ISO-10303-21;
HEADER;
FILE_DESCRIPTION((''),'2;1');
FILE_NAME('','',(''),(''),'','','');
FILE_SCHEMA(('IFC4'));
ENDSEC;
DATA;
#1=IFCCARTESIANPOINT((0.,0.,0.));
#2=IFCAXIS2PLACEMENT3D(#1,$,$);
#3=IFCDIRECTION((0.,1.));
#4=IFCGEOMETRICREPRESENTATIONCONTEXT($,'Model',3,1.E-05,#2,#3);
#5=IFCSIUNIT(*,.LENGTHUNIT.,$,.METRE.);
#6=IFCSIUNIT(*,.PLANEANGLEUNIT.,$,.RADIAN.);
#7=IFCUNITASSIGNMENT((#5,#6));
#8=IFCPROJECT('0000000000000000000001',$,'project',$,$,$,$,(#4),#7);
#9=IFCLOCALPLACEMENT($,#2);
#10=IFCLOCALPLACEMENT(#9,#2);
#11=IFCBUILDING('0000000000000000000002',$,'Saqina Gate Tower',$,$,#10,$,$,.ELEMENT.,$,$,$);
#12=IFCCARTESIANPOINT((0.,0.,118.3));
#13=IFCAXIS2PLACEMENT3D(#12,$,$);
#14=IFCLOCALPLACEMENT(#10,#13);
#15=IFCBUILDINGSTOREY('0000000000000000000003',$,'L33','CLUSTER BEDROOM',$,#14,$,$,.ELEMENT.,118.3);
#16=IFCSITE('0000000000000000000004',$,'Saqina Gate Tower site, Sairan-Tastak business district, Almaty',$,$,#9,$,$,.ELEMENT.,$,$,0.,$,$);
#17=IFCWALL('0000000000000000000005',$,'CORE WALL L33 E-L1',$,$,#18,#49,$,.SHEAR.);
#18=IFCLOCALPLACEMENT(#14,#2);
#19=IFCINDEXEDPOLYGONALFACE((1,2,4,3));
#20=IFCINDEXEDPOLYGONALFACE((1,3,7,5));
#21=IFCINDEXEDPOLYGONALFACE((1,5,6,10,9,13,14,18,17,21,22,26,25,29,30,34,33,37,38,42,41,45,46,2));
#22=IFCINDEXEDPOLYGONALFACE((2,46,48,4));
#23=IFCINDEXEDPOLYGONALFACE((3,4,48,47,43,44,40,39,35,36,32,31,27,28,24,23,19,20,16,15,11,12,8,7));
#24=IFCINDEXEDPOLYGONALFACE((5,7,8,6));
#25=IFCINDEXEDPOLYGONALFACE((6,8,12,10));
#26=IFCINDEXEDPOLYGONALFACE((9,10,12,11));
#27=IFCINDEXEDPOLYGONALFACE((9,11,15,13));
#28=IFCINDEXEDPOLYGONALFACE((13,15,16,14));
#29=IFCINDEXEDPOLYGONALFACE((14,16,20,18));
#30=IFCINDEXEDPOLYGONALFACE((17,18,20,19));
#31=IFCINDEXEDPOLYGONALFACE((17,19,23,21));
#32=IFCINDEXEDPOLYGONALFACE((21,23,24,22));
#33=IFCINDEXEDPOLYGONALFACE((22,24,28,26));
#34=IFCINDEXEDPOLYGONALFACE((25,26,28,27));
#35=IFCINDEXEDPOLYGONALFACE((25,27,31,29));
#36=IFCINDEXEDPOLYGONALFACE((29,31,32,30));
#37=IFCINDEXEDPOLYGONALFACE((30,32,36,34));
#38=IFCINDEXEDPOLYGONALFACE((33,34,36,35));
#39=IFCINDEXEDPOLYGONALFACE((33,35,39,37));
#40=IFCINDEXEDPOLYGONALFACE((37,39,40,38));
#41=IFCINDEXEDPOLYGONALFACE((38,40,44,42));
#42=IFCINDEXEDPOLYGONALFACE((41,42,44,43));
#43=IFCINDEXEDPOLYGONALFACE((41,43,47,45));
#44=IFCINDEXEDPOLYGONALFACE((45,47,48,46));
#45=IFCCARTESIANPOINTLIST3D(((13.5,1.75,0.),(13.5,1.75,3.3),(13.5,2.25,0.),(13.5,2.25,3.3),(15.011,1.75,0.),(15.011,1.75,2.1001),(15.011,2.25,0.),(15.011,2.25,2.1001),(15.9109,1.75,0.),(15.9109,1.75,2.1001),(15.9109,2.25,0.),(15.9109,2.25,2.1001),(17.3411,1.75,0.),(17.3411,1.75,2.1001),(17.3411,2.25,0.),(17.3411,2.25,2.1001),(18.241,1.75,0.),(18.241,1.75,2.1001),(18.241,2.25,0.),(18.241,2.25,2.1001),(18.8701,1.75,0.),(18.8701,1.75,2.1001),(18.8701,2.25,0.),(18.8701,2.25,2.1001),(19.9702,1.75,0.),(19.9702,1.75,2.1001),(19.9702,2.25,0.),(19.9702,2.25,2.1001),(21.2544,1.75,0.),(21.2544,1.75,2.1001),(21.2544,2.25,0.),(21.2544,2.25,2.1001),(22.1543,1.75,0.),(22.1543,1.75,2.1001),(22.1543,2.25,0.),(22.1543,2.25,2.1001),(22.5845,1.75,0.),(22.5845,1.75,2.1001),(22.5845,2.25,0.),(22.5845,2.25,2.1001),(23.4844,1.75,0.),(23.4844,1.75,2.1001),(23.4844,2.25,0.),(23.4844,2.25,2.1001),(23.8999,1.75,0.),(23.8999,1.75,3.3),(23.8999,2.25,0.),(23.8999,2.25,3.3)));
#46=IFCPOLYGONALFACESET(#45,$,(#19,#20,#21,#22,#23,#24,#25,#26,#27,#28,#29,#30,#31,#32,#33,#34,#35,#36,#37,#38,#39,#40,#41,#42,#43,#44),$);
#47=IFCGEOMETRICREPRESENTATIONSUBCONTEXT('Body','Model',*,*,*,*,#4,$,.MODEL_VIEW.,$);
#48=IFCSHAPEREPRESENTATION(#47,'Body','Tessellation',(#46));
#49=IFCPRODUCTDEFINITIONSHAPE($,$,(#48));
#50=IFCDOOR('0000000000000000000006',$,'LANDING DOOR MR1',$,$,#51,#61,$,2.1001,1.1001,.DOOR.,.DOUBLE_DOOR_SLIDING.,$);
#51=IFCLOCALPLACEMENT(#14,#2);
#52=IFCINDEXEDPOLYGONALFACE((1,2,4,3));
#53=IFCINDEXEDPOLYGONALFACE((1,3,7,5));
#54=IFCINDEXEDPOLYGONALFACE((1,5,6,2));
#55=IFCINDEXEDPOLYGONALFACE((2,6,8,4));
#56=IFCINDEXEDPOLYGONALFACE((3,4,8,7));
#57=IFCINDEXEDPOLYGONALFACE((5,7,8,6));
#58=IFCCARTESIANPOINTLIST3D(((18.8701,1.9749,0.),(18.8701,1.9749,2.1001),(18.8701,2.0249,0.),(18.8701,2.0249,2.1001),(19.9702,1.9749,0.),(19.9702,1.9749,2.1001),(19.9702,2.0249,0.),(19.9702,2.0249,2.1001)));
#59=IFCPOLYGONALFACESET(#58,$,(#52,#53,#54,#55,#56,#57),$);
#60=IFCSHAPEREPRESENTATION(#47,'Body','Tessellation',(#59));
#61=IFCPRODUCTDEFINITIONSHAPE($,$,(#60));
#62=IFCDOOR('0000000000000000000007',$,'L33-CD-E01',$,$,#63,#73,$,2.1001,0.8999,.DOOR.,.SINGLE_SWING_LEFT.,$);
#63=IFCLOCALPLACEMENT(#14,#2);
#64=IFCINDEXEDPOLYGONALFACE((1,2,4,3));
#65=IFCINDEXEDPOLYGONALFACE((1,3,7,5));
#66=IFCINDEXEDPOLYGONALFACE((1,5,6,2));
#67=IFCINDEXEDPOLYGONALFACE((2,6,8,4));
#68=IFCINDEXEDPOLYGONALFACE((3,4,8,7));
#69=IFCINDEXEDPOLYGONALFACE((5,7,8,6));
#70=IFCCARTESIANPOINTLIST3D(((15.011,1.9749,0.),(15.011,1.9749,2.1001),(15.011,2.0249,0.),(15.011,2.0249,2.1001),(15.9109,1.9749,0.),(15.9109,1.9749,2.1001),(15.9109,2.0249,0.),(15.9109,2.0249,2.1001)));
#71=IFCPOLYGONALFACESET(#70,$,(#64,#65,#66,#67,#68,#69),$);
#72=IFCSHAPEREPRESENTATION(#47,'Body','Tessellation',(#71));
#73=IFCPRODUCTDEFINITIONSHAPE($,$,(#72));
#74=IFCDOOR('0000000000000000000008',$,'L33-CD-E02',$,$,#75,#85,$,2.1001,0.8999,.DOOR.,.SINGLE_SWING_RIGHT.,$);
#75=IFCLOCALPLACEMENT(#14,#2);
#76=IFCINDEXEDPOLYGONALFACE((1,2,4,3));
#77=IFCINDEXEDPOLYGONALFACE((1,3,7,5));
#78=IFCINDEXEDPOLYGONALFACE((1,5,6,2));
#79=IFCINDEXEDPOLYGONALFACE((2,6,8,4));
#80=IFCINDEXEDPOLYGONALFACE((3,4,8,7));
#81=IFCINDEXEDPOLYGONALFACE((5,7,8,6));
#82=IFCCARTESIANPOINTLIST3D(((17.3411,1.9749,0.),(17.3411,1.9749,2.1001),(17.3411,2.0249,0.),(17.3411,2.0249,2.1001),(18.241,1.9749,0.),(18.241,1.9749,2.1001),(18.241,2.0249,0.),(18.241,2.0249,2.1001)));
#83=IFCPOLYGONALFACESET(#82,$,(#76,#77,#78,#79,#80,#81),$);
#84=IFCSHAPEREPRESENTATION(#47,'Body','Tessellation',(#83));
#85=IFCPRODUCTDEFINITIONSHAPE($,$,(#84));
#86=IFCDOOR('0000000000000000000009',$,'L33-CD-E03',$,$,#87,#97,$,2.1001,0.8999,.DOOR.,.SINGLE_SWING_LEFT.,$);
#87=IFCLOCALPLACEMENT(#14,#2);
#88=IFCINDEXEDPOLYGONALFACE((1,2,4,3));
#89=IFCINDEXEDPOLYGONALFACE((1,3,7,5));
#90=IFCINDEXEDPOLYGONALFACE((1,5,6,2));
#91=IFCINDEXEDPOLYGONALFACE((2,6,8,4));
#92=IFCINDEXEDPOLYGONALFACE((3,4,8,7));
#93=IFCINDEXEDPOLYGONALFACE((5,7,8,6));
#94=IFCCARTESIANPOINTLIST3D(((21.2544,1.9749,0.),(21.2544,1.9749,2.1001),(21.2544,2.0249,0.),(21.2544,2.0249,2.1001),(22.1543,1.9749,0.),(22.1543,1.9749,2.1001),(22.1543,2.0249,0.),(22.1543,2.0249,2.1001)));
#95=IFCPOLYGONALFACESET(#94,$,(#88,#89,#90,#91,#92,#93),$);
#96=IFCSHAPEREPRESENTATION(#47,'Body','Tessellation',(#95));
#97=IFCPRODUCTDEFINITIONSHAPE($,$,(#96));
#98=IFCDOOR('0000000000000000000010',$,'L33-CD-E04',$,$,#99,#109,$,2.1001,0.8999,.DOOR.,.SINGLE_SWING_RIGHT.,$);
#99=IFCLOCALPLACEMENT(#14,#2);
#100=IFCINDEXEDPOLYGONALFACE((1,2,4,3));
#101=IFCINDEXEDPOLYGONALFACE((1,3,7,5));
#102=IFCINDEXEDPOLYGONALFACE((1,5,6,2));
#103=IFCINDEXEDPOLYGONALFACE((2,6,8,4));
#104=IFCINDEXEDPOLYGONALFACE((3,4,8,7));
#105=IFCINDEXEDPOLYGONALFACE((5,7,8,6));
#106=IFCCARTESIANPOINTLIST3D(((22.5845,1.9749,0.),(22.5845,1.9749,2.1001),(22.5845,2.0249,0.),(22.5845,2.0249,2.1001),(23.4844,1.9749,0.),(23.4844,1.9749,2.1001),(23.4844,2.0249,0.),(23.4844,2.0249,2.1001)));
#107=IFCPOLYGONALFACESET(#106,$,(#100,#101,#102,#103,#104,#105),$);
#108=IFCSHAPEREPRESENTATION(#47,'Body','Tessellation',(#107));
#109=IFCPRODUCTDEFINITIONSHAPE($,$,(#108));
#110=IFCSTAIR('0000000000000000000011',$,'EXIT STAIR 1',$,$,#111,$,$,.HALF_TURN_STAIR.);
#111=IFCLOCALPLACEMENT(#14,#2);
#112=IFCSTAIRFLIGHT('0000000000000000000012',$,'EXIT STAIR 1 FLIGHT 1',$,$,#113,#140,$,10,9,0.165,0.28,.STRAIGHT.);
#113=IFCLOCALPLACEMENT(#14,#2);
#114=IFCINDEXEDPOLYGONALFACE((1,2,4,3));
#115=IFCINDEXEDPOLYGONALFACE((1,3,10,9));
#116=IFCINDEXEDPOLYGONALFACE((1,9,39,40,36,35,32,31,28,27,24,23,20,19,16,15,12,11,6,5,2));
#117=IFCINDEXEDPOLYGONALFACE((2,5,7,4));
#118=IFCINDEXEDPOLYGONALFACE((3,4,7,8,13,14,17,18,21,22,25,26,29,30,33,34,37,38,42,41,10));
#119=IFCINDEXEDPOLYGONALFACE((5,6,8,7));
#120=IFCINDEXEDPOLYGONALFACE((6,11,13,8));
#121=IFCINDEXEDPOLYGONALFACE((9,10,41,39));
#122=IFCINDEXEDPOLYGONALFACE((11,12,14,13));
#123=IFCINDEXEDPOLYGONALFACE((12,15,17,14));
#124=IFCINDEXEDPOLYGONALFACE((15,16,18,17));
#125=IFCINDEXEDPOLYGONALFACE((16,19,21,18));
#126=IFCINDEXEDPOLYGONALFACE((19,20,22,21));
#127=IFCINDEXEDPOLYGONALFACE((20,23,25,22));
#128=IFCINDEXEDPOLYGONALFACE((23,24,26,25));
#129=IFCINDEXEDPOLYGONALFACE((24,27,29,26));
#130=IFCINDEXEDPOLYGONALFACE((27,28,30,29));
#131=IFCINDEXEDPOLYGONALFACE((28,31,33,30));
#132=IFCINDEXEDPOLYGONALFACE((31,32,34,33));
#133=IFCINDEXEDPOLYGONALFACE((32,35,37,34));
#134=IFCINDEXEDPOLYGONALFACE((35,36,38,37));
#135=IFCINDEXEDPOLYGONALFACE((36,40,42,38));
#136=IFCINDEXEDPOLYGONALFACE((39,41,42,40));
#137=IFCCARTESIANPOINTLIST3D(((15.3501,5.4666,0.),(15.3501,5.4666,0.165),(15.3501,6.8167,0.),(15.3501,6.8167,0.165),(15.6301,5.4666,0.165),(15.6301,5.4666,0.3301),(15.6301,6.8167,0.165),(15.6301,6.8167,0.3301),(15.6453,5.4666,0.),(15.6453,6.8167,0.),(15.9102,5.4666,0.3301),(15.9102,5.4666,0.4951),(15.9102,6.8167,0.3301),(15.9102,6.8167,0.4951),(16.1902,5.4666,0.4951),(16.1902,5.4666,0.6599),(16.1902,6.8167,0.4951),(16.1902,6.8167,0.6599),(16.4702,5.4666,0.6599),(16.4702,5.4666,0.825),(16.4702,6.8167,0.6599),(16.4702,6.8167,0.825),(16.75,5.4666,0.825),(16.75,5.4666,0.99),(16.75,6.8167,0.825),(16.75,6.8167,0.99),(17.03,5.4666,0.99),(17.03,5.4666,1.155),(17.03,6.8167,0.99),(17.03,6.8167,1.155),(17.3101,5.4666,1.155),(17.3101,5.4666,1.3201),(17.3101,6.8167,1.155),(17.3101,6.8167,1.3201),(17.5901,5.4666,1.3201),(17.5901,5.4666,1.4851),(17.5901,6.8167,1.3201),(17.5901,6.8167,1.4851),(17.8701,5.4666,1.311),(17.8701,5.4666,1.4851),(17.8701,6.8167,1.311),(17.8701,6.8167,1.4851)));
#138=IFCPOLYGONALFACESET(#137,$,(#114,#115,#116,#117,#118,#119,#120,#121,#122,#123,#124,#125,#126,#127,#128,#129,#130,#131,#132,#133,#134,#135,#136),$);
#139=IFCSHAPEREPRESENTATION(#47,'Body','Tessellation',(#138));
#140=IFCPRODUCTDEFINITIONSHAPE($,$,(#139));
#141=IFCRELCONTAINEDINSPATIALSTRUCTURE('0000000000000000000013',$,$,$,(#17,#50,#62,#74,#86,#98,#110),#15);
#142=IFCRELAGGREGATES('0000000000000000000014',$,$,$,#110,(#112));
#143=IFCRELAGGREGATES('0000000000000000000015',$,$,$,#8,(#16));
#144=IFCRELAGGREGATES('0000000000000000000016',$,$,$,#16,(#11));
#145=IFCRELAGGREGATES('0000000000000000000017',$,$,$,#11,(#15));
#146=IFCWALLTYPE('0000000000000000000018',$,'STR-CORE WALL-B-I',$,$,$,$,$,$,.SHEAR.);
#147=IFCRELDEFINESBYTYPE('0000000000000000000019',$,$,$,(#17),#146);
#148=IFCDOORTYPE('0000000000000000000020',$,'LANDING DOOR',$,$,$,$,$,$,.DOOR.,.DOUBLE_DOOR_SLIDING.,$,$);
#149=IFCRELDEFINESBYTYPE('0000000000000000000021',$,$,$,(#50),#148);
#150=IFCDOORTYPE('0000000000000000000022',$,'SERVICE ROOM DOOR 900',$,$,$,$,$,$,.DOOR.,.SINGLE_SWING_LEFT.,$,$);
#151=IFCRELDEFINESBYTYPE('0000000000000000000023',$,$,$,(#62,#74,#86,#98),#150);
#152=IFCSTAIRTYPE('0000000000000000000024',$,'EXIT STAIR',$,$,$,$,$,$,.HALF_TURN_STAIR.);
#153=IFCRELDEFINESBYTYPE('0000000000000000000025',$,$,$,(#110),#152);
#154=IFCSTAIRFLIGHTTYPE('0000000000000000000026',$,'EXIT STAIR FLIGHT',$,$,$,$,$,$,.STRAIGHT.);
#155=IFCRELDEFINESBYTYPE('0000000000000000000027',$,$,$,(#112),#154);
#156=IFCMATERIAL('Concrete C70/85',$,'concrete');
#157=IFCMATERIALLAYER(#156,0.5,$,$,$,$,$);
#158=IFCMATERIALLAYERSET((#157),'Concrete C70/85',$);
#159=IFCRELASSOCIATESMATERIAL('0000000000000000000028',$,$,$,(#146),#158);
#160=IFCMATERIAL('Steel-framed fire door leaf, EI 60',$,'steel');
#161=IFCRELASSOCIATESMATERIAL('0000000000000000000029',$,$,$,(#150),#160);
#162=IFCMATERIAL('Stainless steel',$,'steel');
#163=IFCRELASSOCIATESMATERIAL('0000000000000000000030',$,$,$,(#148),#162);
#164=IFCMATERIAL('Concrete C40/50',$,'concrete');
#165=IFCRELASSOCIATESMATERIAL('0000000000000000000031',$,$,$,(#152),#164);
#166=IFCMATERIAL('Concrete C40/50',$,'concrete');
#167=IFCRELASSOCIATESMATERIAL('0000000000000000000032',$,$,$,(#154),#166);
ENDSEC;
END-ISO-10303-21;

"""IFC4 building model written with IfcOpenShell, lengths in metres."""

from ifc_helpers import new_model, si_unit, direction, frame, frame_2d, origin, place, context, subcontext, project, spatial, polyline, rectangle, outline, extrude, material, layer, layer_set, type_object, element, fill, aggregate, save


model = new_model("IFC4")

# Units and contexts
model_context = context("Model", 3, precision=1e-05, world=origin(), true_north=direction((0.0, 1.0)))
body_context = subcontext(model_context, "Body", "Model", "MODEL_VIEW")
ifc_project = project(units=[si_unit("LENGTHUNIT", "METRE"), si_unit("PLANEANGLEUNIT", "RADIAN")], contexts=[model_context])

# Site, building, storey
site_placement = place(None, origin())
site = spatial("IfcSite", under=ifc_project, at=site_placement, Name="Saqina Gate Tower site, Sairan-Tastak business district, Almaty", CompositionType="ELEMENT", RefElevation=0.0)
building_placement = place(site_placement, origin())
building = spatial("IfcBuilding", under=site, at=building_placement, Name="Saqina Gate Tower", CompositionType="ELEMENT")
storey_placement = place(building_placement, frame((0.0, 0.0, 118.3)))
storey = spatial("IfcBuildingStorey", under=building, at=storey_placement, Name="L33", Description="CLUSTER BEDROOM", CompositionType="ELEMENT", Elevation=118.3)

# Shared definitions
ifc_material_1 = material(Name="Concrete C70/85", Category="concrete")
ifc_layer_1 = layer(ifc_material_1, 0.5)
ifc_layer_set_1 = layer_set([ifc_layer_1], Name="Concrete C70/85")
wall_type_1 = type_object("IfcWallType", Name="STR-CORE WALL-B-I", PredefinedType="SHEAR", material=ifc_layer_set_1)
ifc_material_2 = material(Name="Steel-framed fire door leaf, EI 60", Category="steel")
door_type_1 = type_object("IfcDoorType", Name="SERVICE ROOM DOOR 900", OperationType="SINGLE_SWING_LEFT", PredefinedType="DOOR", material=ifc_material_2)

# Wall, openings, doors
wall_1_placement = place(storey_placement, frame((13.5, 2.0, 0.0), z_axis=(0.0, 0.0, 1.0), x_axis=(1.0, 0.0, 0.0)))
wall_1 = element("IfcWall", 1, at=wall_1_placement, inside=storey, type_object=wall_type_1, Name="CORE WALL L33 E-L1", PredefinedType="SHEAR", context=body_context, shape_type="SweptSolid", body=[
    extrude(rectangle(XDim=10.3999, YDim=0.5, at=frame_2d((5.2, 0.0))), origin(), (0.0, 0.0, 1.0), 3.3),
])
opening_1_placement = place(wall_1_placement, frame((5.3701, 0.0, 0.0)))
opening_1 = element("IfcOpeningElement", 2, at=opening_1_placement, cuts=wall_1, PredefinedType="OPENING", context=body_context, shape_type="SweptSolid", body=[
    extrude(rectangle(XDim=1.1001, YDim=2.1001, at=frame_2d((0.55, 1.05))), frame((0.0, 0.262, 0.0), z_axis=(0.0, -1.0, 0.0), x_axis=(1.0, 0.0, 0.0)), (0.0, 0.0, 1.0), 0.5239),
])
opening_2_placement = place(wall_1_placement, frame((1.511, 0.0, 0.0)))
opening_2 = element("IfcOpeningElement", 3, at=opening_2_placement, cuts=wall_1, PredefinedType="OPENING", context=body_context, shape_type="SweptSolid", body=[
    extrude(rectangle(XDim=0.8999, YDim=2.1001, at=frame_2d((0.45, 1.05))), frame((0.0, 0.262, 0.0), z_axis=(0.0, -1.0, 0.0), x_axis=(1.0, 0.0, 0.0)), (0.0, 0.0, 1.0), 0.5239),
])
opening_3_placement = place(wall_1_placement, frame((3.8411, 0.0, 0.0)))
opening_3 = element("IfcOpeningElement", 4, at=opening_3_placement, cuts=wall_1, PredefinedType="OPENING", context=body_context, shape_type="SweptSolid", body=[
    extrude(rectangle(XDim=0.8999, YDim=2.1001, at=frame_2d((0.45, 1.05))), frame((0.0, 0.262, 0.0), z_axis=(0.0, -1.0, 0.0), x_axis=(1.0, 0.0, 0.0)), (0.0, 0.0, 1.0), 0.5239),
])
opening_4_placement = place(wall_1_placement, frame((7.7544, 0.0, 0.0)))
opening_4 = element("IfcOpeningElement", 5, at=opening_4_placement, cuts=wall_1, PredefinedType="OPENING", context=body_context, shape_type="SweptSolid", body=[
    extrude(rectangle(XDim=0.8999, YDim=2.1001, at=frame_2d((0.45, 1.05))), frame((0.0, 0.262, 0.0), z_axis=(0.0, -1.0, 0.0), x_axis=(1.0, 0.0, 0.0)), (0.0, 0.0, 1.0), 0.5239),
])
opening_5_placement = place(wall_1_placement, frame((9.0845, 0.0, 0.0)))
opening_5 = element("IfcOpeningElement", 6, at=opening_5_placement, cuts=wall_1, PredefinedType="OPENING", context=body_context, shape_type="SweptSolid", body=[
    extrude(rectangle(XDim=0.8999, YDim=2.1001, at=frame_2d((0.45, 1.05))), frame((0.0, 0.262, 0.0), z_axis=(0.0, -1.0, 0.0), x_axis=(1.0, 0.0, 0.0)), (0.0, 0.0, 1.0), 0.5239),
])
ifc_material_3 = material(Name="Stainless steel", Category="steel")
door_type_2 = type_object("IfcDoorType", Name="LANDING DOOR", OperationType="DOUBLE_DOOR_SLIDING", PredefinedType="DOOR", material=ifc_material_3)
door_1_placement = place(opening_1_placement, origin())
door_1 = element("IfcDoor", 7, at=door_1_placement, inside=storey, type_object=door_type_2, Name="LANDING DOOR MR1", OperationType="DOUBLE_DOOR_SLIDING", OverallHeight=2.1001, OverallWidth=1.1001, PredefinedType="DOOR", context=body_context, shape_type="SweptSolid", body=[
    extrude(rectangle(XDim=1.1001, YDim=2.1001, at=frame_2d((0.55, 1.05))), frame((0.0, 0.0249, 0.0), z_axis=(0.0, -1.0, 0.0), x_axis=(1.0, 0.0, 0.0)), (0.0, 0.0, 1.0), 0.05),
])
fill(opening_1, door_1)
door_2_placement = place(opening_2_placement, origin())
door_2 = element("IfcDoor", 8, at=door_2_placement, inside=storey, type_object=door_type_1, Name="L33-CD-E01", OperationType="SINGLE_SWING_LEFT", OverallHeight=2.1001, OverallWidth=0.8999, PredefinedType="DOOR", context=body_context, shape_type="SweptSolid", body=[
    extrude(rectangle(XDim=0.8999, YDim=2.1001, at=frame_2d((0.45, 1.05))), frame((0.0, 0.0249, 0.0), z_axis=(0.0, -1.0, 0.0), x_axis=(1.0, 0.0, 0.0)), (0.0, 0.0, 1.0), 0.05),
])
fill(opening_2, door_2)
door_3_placement = place(opening_3_placement, origin())
door_3 = element("IfcDoor", 9, at=door_3_placement, inside=storey, type_object=door_type_1, Name="L33-CD-E02", OperationType="SINGLE_SWING_RIGHT", OverallHeight=2.1001, OverallWidth=0.8999, PredefinedType="DOOR", context=body_context, shape_type="SweptSolid", body=[
    extrude(rectangle(XDim=0.8999, YDim=2.1001, at=frame_2d((0.45, 1.05))), frame((0.0, 0.0249, 0.0), z_axis=(0.0, -1.0, 0.0), x_axis=(1.0, 0.0, 0.0)), (0.0, 0.0, 1.0), 0.05),
])
fill(opening_3, door_3)
door_4_placement = place(opening_4_placement, origin())
door_4 = element("IfcDoor", 10, at=door_4_placement, inside=storey, type_object=door_type_1, Name="L33-CD-E03", OperationType="SINGLE_SWING_LEFT", OverallHeight=2.1001, OverallWidth=0.8999, PredefinedType="DOOR", context=body_context, shape_type="SweptSolid", body=[
    extrude(rectangle(XDim=0.8999, YDim=2.1001, at=frame_2d((0.45, 1.05))), frame((0.0, 0.0249, 0.0), z_axis=(0.0, -1.0, 0.0), x_axis=(1.0, 0.0, 0.0)), (0.0, 0.0, 1.0), 0.05),
])
fill(opening_4, door_4)
door_5_placement = place(opening_5_placement, origin())
door_5 = element("IfcDoor", 11, at=door_5_placement, inside=storey, type_object=door_type_1, Name="L33-CD-E04", OperationType="SINGLE_SWING_RIGHT", OverallHeight=2.1001, OverallWidth=0.8999, PredefinedType="DOOR", context=body_context, shape_type="SweptSolid", body=[
    extrude(rectangle(XDim=0.8999, YDim=2.1001, at=frame_2d((0.45, 1.05))), frame((0.0, 0.0249, 0.0), z_axis=(0.0, -1.0, 0.0), x_axis=(1.0, 0.0, 0.0)), (0.0, 0.0, 1.0), 0.05),
])
fill(opening_5, door_5)

# Stair, stair flight
ifc_material_4 = material(Name="Concrete C40/50", Category="concrete")
stair_type = type_object("IfcStairType", Name="EXIT STAIR", PredefinedType="HALF_TURN_STAIR", material=ifc_material_4)
stair_placement = place(storey_placement, origin())
stair = element("IfcStair", 12, at=stair_placement, inside=storey, type_object=stair_type, Name="EXIT STAIR 1", PredefinedType="HALF_TURN_STAIR")
ifc_material_5 = material(Name="Concrete C40/50", Category="concrete")
stair_flight_type = type_object("IfcStairFlightType", Name="EXIT STAIR FLIGHT", PredefinedType="STRAIGHT", material=ifc_material_5)
stair_flight_1_placement = place(storey_placement, frame((15.3501, 6.1416, 0.0), z_axis=(0.0, 0.0, 1.0), x_axis=(1.0, 0.0, 0.0)))
stair_flight_1 = element("IfcStairFlight", 13, at=stair_flight_1_placement, type_object=stair_flight_type, Name="EXIT STAIR 1 FLIGHT 1", NumberOfRisers=10, NumberOfTreads=9, PredefinedType="STRAIGHT", RiserHeight=0.165, TreadLength=0.28, context=body_context, shape_type="SweptSolid", body=[
    extrude(outline(polyline([(0.0, 0.0), (0.0, 0.165), (0.28, 0.165), (0.28, 0.3301), (0.5601, 0.3301), (0.5601, 0.4951), (0.8401, 0.4951), (0.8401, 0.6599), (1.1201, 0.6599), (1.1201, 0.825), (1.3999, 0.825), (1.3999, 0.99), (1.6799, 0.99), (1.6799, 1.155), (1.96, 1.155), (1.96, 1.3201), (2.24, 1.3201), (2.24, 1.4851), (2.52, 1.4851), (2.52, 1.6499), (2.52, 1.311), (0.2952, 0.0), (0.0, 0.0)])), frame((0.0, 0.675, 0.0), z_axis=(0.0, -1.0, 0.0), x_axis=(1.0, 0.0, 0.0)), (0.0, 0.0, 1.0), 1.3501),
])
aggregate(stair, [stair_flight_1])

save(model, "model.ifc")
